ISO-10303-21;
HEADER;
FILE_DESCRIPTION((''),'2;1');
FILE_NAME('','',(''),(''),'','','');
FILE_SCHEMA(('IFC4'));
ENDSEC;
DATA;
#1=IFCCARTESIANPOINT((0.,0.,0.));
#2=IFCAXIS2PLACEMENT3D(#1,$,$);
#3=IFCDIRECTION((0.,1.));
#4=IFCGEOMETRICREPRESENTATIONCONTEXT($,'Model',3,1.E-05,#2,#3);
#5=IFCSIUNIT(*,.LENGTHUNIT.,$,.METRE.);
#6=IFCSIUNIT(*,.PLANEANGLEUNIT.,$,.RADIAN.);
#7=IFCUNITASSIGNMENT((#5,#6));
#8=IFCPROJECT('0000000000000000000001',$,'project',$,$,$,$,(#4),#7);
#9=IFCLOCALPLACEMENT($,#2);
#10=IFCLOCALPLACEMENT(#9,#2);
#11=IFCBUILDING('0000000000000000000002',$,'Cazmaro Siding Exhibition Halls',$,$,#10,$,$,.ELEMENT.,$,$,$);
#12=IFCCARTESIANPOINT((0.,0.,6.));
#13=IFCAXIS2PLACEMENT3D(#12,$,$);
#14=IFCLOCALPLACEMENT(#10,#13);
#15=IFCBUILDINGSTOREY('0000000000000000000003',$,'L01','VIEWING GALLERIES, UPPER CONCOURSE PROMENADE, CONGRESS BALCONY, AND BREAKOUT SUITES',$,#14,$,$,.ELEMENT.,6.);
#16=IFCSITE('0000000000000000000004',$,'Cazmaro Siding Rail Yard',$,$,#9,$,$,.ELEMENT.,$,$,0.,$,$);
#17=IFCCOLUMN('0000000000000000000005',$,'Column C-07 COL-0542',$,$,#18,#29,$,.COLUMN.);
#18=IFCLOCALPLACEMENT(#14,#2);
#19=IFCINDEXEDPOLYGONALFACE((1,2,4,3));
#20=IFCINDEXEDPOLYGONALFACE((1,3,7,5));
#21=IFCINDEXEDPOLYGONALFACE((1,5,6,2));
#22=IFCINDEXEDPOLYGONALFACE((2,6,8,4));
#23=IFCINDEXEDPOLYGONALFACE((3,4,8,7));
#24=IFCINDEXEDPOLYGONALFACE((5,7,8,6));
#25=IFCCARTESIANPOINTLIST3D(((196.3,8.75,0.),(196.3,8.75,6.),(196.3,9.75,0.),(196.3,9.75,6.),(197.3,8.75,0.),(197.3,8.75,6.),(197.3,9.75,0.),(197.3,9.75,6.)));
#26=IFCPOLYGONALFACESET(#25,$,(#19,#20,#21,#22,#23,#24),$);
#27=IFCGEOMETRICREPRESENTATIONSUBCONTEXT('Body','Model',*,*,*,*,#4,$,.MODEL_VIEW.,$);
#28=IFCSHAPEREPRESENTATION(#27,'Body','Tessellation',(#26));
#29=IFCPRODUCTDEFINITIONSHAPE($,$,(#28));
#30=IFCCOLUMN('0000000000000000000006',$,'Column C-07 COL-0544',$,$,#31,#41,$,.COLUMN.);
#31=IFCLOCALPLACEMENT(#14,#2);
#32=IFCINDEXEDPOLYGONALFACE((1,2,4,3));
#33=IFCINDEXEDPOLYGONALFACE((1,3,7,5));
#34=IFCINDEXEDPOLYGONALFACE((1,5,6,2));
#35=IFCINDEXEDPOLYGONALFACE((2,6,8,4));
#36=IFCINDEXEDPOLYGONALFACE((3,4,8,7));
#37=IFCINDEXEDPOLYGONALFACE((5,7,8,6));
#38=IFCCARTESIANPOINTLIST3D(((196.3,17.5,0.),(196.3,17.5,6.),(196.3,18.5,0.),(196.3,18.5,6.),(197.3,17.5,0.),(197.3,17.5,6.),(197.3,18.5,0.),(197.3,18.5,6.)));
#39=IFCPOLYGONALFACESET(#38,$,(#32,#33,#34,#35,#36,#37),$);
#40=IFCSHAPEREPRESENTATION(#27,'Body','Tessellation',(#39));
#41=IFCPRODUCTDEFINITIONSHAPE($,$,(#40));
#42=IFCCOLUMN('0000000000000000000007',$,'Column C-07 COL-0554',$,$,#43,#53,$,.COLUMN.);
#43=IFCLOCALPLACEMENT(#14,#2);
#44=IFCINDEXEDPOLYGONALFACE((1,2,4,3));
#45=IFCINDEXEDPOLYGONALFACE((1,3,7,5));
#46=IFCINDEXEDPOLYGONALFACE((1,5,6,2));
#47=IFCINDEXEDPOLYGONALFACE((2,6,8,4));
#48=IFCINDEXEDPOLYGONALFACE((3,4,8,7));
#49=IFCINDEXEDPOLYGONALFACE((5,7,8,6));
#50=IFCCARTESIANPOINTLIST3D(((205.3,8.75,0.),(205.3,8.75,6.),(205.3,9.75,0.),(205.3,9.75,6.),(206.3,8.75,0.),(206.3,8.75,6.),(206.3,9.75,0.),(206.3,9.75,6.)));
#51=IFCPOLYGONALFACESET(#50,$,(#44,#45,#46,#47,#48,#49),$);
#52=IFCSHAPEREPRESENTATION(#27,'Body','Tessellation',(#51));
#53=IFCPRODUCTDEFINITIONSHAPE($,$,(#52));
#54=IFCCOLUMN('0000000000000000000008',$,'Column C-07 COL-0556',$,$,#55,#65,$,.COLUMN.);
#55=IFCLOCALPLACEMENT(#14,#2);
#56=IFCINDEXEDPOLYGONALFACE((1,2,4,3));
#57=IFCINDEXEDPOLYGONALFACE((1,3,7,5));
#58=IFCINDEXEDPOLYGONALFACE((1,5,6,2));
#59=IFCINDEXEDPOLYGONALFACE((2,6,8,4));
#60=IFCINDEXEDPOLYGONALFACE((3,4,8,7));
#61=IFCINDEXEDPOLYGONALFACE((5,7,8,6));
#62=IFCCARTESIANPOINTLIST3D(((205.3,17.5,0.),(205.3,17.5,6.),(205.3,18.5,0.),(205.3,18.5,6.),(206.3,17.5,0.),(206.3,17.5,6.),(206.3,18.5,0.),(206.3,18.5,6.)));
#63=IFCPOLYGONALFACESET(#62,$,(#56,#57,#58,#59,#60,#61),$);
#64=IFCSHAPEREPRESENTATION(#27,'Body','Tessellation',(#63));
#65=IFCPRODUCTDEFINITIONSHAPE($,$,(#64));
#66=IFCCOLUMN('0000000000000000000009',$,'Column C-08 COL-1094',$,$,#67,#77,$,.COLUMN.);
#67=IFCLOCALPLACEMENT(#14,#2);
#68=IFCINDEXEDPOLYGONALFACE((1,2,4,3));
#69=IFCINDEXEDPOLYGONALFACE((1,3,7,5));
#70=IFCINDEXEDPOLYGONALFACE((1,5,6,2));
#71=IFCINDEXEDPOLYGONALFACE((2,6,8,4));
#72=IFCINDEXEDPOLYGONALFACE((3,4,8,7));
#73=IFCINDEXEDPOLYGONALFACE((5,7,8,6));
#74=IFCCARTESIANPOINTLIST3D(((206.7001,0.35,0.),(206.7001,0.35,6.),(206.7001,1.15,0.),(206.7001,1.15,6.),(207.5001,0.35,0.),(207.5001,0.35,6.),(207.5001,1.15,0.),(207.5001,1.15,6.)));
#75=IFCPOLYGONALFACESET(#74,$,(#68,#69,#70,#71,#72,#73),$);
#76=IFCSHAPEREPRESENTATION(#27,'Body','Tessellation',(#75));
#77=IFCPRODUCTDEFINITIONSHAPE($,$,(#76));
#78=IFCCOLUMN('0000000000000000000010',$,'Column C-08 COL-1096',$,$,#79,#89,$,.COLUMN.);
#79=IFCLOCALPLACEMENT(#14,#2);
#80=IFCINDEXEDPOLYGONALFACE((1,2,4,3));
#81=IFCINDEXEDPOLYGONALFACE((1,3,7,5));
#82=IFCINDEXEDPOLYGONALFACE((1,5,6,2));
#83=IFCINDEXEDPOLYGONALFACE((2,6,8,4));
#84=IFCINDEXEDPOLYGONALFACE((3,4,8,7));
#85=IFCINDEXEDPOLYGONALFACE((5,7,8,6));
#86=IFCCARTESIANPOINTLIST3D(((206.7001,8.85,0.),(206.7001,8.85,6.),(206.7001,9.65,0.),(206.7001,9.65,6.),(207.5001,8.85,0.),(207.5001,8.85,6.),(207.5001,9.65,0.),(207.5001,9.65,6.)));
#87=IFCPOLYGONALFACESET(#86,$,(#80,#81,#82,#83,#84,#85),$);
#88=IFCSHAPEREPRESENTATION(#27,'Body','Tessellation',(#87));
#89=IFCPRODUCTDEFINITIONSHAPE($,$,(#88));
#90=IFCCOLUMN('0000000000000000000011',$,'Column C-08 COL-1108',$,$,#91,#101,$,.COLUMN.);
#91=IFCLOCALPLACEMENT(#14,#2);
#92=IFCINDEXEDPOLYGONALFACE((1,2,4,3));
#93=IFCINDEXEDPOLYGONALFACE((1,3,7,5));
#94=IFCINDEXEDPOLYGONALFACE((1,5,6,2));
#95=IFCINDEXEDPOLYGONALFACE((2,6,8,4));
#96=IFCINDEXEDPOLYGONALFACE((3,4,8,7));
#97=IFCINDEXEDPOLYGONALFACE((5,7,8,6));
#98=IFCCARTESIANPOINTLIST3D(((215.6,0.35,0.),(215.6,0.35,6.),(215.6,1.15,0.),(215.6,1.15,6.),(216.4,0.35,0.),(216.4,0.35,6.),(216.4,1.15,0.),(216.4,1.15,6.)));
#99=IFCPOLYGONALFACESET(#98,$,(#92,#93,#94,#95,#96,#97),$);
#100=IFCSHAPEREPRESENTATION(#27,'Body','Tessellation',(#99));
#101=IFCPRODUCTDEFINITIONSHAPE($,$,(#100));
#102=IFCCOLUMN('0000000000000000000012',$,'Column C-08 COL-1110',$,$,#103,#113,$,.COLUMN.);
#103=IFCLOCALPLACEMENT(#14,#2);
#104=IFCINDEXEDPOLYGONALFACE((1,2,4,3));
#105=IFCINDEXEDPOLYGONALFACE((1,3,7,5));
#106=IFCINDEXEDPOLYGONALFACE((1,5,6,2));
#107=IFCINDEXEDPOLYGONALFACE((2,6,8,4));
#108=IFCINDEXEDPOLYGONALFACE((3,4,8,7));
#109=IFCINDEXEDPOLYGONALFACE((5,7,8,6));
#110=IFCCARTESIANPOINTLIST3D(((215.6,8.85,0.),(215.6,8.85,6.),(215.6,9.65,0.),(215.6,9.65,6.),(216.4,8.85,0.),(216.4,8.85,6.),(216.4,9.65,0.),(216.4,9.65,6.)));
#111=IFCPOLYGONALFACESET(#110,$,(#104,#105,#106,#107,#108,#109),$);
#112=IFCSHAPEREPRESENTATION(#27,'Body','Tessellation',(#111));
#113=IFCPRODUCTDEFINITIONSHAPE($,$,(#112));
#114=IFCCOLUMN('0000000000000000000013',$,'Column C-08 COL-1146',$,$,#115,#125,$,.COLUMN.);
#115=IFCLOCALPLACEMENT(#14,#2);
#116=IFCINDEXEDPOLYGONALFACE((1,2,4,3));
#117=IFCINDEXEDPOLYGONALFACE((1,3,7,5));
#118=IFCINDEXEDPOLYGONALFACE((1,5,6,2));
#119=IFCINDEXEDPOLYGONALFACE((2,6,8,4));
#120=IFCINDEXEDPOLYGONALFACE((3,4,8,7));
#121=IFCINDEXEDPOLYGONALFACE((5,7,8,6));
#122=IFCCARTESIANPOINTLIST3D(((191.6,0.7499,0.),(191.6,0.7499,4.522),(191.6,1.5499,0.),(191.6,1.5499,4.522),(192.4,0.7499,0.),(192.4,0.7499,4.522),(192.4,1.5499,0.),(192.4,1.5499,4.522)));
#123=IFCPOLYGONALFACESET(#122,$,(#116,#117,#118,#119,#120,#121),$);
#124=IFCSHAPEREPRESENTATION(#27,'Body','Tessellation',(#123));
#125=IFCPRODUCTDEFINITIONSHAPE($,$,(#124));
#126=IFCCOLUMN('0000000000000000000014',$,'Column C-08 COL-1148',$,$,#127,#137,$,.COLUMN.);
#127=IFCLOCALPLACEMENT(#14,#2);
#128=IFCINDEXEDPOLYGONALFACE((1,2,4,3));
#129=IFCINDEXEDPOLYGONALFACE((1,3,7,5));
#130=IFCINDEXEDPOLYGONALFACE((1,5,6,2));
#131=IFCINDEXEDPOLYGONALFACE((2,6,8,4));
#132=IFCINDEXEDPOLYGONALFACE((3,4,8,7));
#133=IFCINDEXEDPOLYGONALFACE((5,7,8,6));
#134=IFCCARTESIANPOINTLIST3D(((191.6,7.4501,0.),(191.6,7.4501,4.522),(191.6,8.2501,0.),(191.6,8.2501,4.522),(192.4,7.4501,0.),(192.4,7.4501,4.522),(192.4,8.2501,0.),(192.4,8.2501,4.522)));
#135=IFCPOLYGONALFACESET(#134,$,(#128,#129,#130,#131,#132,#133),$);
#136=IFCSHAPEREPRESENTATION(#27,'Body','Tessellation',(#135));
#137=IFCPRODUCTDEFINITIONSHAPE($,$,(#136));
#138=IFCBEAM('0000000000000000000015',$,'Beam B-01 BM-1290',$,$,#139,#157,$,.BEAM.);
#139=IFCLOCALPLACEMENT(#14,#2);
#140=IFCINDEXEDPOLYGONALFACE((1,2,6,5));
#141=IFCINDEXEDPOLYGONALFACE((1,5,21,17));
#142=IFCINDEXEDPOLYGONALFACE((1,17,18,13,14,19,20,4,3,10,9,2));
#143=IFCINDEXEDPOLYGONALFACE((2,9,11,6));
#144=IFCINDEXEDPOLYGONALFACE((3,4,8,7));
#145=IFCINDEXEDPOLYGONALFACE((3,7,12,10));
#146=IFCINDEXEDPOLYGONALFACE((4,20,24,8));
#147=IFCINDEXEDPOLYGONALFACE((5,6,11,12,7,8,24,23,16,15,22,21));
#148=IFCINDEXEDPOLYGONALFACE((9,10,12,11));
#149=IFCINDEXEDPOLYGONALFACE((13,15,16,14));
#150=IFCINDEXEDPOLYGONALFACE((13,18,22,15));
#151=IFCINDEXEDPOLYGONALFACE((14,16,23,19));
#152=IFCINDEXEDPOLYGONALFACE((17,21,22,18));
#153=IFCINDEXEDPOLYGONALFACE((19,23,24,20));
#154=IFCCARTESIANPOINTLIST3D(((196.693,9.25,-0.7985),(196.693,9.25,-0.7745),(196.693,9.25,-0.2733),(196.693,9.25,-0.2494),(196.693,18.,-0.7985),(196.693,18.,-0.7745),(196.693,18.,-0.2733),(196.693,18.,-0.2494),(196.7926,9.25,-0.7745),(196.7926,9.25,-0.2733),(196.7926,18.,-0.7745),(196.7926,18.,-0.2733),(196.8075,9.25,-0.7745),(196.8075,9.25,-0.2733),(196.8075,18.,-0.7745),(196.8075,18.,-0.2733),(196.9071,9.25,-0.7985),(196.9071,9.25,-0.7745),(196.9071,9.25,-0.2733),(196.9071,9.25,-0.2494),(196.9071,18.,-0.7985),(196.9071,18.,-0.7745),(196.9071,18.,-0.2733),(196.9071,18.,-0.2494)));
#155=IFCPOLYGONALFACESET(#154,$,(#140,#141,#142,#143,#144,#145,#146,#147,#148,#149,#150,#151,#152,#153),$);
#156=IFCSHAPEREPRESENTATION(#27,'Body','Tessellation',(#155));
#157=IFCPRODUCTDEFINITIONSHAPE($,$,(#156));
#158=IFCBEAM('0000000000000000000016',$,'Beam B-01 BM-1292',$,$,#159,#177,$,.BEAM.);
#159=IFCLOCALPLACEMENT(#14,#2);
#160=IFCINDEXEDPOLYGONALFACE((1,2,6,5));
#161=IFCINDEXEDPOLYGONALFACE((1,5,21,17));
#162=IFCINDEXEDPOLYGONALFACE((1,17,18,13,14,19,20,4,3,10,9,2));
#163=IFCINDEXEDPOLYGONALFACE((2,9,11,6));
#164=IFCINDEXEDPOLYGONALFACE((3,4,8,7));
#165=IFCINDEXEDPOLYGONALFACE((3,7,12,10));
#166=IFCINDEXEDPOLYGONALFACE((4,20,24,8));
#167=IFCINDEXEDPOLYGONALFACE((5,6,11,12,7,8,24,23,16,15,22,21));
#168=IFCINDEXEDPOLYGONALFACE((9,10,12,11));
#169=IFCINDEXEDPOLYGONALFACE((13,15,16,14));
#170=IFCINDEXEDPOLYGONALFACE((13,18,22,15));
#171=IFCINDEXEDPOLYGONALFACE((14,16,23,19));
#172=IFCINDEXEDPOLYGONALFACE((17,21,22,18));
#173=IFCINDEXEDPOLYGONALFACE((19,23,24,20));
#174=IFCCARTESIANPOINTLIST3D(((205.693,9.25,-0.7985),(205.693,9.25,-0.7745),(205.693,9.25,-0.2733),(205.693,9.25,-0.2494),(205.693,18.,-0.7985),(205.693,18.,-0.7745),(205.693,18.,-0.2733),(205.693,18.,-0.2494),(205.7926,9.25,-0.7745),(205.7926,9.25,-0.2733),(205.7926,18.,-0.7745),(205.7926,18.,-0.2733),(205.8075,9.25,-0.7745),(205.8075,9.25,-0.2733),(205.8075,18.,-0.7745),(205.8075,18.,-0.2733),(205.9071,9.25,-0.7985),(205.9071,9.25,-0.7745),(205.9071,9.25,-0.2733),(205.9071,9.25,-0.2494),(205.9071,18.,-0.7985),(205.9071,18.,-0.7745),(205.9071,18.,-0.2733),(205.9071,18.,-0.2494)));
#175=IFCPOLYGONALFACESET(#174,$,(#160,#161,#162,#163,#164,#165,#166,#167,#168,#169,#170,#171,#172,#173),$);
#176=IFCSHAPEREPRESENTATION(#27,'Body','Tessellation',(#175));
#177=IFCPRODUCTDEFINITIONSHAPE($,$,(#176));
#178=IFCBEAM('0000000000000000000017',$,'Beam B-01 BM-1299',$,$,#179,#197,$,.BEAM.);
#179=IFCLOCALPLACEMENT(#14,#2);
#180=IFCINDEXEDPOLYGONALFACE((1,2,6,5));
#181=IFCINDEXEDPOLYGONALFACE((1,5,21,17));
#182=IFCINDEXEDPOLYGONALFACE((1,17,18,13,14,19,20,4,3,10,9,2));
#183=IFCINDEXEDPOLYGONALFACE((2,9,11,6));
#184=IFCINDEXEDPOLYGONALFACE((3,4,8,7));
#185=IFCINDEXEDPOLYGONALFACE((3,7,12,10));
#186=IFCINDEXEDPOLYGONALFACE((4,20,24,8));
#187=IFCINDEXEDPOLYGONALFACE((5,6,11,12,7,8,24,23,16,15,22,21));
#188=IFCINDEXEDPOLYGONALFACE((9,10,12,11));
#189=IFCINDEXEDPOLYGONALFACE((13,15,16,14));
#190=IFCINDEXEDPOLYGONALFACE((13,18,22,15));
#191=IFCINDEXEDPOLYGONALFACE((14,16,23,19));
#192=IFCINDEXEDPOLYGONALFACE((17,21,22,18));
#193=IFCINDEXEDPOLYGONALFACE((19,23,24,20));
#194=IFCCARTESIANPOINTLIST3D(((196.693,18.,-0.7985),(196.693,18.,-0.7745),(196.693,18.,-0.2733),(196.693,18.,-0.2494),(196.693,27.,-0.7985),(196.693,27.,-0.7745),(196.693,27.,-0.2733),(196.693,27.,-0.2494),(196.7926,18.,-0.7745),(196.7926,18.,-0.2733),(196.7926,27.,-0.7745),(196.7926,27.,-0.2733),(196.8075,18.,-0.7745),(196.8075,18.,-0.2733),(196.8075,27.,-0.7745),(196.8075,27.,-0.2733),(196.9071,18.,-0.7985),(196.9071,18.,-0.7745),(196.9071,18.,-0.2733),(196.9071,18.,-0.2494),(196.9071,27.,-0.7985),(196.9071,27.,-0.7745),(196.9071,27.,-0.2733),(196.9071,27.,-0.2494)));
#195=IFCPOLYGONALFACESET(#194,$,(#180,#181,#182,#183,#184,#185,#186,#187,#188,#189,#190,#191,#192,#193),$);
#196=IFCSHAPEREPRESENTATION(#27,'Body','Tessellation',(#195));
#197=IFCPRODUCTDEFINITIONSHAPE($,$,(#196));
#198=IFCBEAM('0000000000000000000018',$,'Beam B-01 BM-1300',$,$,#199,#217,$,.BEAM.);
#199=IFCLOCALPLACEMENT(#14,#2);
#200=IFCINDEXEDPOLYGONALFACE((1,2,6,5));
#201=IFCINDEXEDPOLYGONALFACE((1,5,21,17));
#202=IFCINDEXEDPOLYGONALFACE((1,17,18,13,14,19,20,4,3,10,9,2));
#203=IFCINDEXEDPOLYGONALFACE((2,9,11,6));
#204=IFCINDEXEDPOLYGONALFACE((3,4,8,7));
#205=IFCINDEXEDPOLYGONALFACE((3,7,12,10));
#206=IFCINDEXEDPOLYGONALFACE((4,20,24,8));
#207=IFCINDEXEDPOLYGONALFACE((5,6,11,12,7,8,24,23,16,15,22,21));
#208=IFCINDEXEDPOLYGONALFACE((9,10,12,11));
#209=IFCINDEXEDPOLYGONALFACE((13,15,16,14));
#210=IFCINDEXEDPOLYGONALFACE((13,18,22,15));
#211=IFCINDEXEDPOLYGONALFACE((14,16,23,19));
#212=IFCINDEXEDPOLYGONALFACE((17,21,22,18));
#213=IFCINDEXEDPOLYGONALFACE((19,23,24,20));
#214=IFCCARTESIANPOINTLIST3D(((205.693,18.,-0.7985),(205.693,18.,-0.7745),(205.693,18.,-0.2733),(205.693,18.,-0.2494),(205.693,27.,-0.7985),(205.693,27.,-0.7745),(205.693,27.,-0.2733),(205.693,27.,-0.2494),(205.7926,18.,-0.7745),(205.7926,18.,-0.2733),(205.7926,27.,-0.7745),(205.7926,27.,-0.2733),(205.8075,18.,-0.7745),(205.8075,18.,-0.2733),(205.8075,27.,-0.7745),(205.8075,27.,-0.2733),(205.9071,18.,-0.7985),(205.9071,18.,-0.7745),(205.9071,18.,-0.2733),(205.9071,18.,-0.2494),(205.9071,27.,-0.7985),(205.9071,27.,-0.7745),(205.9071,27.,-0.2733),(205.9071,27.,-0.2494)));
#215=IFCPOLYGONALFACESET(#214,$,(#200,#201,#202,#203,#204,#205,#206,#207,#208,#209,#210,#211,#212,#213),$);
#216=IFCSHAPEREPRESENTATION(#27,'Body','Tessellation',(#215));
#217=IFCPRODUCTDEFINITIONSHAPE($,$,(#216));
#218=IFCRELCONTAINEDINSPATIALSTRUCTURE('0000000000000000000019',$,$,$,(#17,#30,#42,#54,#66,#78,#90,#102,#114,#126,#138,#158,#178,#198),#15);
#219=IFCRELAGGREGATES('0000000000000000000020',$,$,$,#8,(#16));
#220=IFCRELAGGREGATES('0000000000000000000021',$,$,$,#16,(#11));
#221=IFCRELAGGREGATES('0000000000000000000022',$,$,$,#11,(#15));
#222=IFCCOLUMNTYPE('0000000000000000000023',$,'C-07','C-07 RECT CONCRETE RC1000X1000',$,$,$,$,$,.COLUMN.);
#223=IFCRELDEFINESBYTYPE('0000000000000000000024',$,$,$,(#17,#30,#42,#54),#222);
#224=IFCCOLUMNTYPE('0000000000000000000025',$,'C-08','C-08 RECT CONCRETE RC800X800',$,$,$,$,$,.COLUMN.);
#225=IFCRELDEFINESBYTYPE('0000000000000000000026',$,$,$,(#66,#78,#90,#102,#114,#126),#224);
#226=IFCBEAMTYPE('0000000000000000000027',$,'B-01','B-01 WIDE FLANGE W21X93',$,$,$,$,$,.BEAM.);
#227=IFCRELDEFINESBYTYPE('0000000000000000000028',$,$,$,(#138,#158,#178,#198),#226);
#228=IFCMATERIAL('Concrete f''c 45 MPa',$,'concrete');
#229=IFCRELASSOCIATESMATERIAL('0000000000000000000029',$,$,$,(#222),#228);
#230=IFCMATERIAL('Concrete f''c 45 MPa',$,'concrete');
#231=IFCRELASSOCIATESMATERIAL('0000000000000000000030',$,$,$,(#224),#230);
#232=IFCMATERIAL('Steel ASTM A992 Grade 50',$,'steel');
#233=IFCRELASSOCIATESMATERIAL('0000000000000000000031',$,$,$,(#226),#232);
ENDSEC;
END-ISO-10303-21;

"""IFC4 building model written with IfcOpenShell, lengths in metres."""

from ifc_helpers import new_model, si_unit, direction, frame, origin, origin_2d, place, context, subcontext, project, spatial, rectangle, i_section, extrude, material, material_profile, profile_set, type_object, element, save


model = new_model("IFC4")

# Units and contexts
model_context = context("Model", 3, precision=1e-05, world=origin(), true_north=direction((0.0, 1.0)))
body_context = subcontext(model_context, "Body", "Model", "MODEL_VIEW")
ifc_project = project(units=[si_unit("LENGTHUNIT", "METRE"), si_unit("PLANEANGLEUNIT", "RADIAN")], contexts=[model_context])

# Site, building, storey
site_placement = place(None, origin())
site = spatial("IfcSite", under=ifc_project, at=site_placement, Name="Cazmaro Siding Rail Yard", CompositionType="ELEMENT", RefElevation=0.0)
building_placement = place(site_placement, origin())
building = spatial("IfcBuilding", under=site, at=building_placement, Name="Cazmaro Siding Exhibition Halls", CompositionType="ELEMENT")
storey_placement = place(building_placement, frame((0.0, 0.0, 6.0)))
storey = spatial("IfcBuildingStorey", under=building, at=storey_placement, Name="L01", Description="VIEWING GALLERIES, UPPER CONCOURSE PROMENADE, CONGRESS BALCONY, AND BREAKOUT SUITES", CompositionType="ELEMENT", Elevation=6.0)

# Columns
ifc_material_1 = material(Name="Concrete f'c 45 MPa", Category="concrete")
ifc_material_profile_1 = material_profile(ifc_material_1, rectangle(XDim=1.0, YDim=1.0, at=origin_2d()), Name="RC1000X1000")
ifc_profile_set_1 = profile_set([ifc_material_profile_1], Name="Concrete f'c 45 MPa")
column_type_1 = type_object("IfcColumnType", Name="C-07", Description="C-07 RECT CONCRETE RC1000X1000", PredefinedType="COLUMN", material=ifc_profile_set_1)
for number, where, z_axis, x_axis, name in (
    (1, (196.8, 9.25, 0.0), (0.0, 0.0, 1.0), (1.0, 0.0, 0.0), "Column C-07 COL-0542"),
    (2, (196.8, 18.0, 0.0), (0.0, 0.0, 1.0), (1.0, 0.0, 0.0), "Column C-07 COL-0544"),
    (3, (205.8, 9.25, 0.0), (0.0, 0.0, 1.0), (1.0, 0.0, 0.0), "Column C-07 COL-0554"),
    (4, (205.8, 18.0, 0.0), (0.0, 0.0, 1.0), (1.0, 0.0, 0.0), "Column C-07 COL-0556"),
):
    element("IfcColumn", number, at=place(storey_placement, frame(where, z_axis=z_axis, x_axis=x_axis)), inside=storey, type_object=column_type_1, Name=name, PredefinedType="COLUMN", context=body_context, shape_type="SweptSolid", body=[
        extrude(rectangle(XDim=1.0, YDim=1.0, at=origin_2d()), origin(), (0.0, 0.0, 1.0), 6.0),
    ])
ifc_material_2 = material(Name="Concrete f'c 45 MPa", Category="concrete")
ifc_material_profile_2 = material_profile(ifc_material_2, rectangle(XDim=0.8, YDim=0.8, at=origin_2d()), Name="RC800X800")
ifc_profile_set_2 = profile_set([ifc_material_profile_2], Name="Concrete f'c 45 MPa")
column_type_2 = type_object("IfcColumnType", Name="C-08", Description="C-08 RECT CONCRETE RC800X800", PredefinedType="COLUMN", material=ifc_profile_set_2)
for number, where, z_axis, x_axis, name in (
    (5, (207.1001, 0.75, 0.0), (0.0, 0.0, 1.0), (1.0, 0.0, 0.0), "Column C-08 COL-1094"),
    (6, (207.1001, 9.25, 0.0), (0.0, 0.0, 1.0), (1.0, 0.0, 0.0), "Column C-08 COL-1096"),
    (7, (216.0, 0.75, 0.0), (0.0, 0.0, 1.0), (1.0, 0.0, 0.0), "Column C-08 COL-1108"),
    (8, (216.0, 9.25, 0.0), (0.0, 0.0, 1.0), (1.0, 0.0, 0.0), "Column C-08 COL-1110"),
):
    element("IfcColumn", number, at=place(storey_placement, frame(where, z_axis=z_axis, x_axis=x_axis)), inside=storey, type_object=column_type_2, Name=name, PredefinedType="COLUMN", context=body_context, shape_type="SweptSolid", body=[
        extrude(rectangle(XDim=0.8, YDim=0.8, at=origin_2d()), origin(), (0.0, 0.0, 1.0), 6.0),
    ])
for number, where, z_axis, x_axis, name in (
    (9, (192.0, 1.1499, 0.0), (0.0, 0.0, 1.0), (1.0, 0.0, 0.0), "Column C-08 COL-1146"),
    (10, (192.0, 7.8501, 0.0), (0.0, 0.0, 1.0), (1.0, 0.0, 0.0), "Column C-08 COL-1148"),
):
    element("IfcColumn", number, at=place(storey_placement, frame(where, z_axis=z_axis, x_axis=x_axis)), inside=storey, type_object=column_type_2, Name=name, PredefinedType="COLUMN", context=body_context, shape_type="SweptSolid", body=[
        extrude(rectangle(XDim=0.8, YDim=0.8, at=origin_2d()), origin(), (0.0, 0.0, 1.0), 4.522),
    ])

# Beams
ifc_material_3 = material(Name="Steel ASTM A992 Grade 50", Category="steel")
ifc_material_profile_3 = material_profile(ifc_material_3, i_section(OverallWidth=0.2141, OverallDepth=0.5491, WebThickness=0.0149, FlangeThickness=0.0239, at=origin_2d()), Name="W21X93")
ifc_profile_set_3 = profile_set([ifc_material_profile_3], Name="Steel ASTM A992 Grade 50")
beam_type_1 = type_object("IfcBeamType", Name="B-01", Description="B-01 WIDE FLANGE W21X93", PredefinedType="BEAM", material=ifc_profile_set_3)
for number, where, z_axis, x_axis, name in (
    (11, (196.8, 9.25, -0.5239), (0.0, 1.0, 0.0), (-1.0, 0.0, 0.0), "Beam B-01 BM-1290"),
    (12, (205.8, 9.25, -0.5239), (0.0, 1.0, 0.0), (-1.0, 0.0, 0.0), "Beam B-01 BM-1292"),
):
    element("IfcBeam", number, at=place(storey_placement, frame(where, z_axis=z_axis, x_axis=x_axis)), inside=storey, type_object=beam_type_1, Name=name, PredefinedType="BEAM", context=body_context, shape_type="SweptSolid", body=[
        extrude(i_section(OverallWidth=0.2141, OverallDepth=0.5491, WebThickness=0.0149, FlangeThickness=0.0239, at=origin_2d()), origin(), (0.0, 0.0, 1.0), 8.75),
    ])
for number, where, z_axis, x_axis, name in (
    (13, (196.8, 18.0, -0.5239), (0.0, 1.0, 0.0), (-1.0, 0.0, 0.0), "Beam B-01 BM-1299"),
    (14, (205.8, 18.0, -0.5239), (0.0, 1.0, 0.0), (-1.0, 0.0, 0.0), "Beam B-01 BM-1300"),
):
    element("IfcBeam", number, at=place(storey_placement, frame(where, z_axis=z_axis, x_axis=x_axis)), inside=storey, type_object=beam_type_1, Name=name, PredefinedType="BEAM", context=body_context, shape_type="SweptSolid", body=[
        extrude(i_section(OverallWidth=0.2141, OverallDepth=0.5491, WebThickness=0.0149, FlangeThickness=0.0239, at=origin_2d()), origin(), (0.0, 0.0, 1.0), 9.0),
    ])

save(model, "model.ifc")
